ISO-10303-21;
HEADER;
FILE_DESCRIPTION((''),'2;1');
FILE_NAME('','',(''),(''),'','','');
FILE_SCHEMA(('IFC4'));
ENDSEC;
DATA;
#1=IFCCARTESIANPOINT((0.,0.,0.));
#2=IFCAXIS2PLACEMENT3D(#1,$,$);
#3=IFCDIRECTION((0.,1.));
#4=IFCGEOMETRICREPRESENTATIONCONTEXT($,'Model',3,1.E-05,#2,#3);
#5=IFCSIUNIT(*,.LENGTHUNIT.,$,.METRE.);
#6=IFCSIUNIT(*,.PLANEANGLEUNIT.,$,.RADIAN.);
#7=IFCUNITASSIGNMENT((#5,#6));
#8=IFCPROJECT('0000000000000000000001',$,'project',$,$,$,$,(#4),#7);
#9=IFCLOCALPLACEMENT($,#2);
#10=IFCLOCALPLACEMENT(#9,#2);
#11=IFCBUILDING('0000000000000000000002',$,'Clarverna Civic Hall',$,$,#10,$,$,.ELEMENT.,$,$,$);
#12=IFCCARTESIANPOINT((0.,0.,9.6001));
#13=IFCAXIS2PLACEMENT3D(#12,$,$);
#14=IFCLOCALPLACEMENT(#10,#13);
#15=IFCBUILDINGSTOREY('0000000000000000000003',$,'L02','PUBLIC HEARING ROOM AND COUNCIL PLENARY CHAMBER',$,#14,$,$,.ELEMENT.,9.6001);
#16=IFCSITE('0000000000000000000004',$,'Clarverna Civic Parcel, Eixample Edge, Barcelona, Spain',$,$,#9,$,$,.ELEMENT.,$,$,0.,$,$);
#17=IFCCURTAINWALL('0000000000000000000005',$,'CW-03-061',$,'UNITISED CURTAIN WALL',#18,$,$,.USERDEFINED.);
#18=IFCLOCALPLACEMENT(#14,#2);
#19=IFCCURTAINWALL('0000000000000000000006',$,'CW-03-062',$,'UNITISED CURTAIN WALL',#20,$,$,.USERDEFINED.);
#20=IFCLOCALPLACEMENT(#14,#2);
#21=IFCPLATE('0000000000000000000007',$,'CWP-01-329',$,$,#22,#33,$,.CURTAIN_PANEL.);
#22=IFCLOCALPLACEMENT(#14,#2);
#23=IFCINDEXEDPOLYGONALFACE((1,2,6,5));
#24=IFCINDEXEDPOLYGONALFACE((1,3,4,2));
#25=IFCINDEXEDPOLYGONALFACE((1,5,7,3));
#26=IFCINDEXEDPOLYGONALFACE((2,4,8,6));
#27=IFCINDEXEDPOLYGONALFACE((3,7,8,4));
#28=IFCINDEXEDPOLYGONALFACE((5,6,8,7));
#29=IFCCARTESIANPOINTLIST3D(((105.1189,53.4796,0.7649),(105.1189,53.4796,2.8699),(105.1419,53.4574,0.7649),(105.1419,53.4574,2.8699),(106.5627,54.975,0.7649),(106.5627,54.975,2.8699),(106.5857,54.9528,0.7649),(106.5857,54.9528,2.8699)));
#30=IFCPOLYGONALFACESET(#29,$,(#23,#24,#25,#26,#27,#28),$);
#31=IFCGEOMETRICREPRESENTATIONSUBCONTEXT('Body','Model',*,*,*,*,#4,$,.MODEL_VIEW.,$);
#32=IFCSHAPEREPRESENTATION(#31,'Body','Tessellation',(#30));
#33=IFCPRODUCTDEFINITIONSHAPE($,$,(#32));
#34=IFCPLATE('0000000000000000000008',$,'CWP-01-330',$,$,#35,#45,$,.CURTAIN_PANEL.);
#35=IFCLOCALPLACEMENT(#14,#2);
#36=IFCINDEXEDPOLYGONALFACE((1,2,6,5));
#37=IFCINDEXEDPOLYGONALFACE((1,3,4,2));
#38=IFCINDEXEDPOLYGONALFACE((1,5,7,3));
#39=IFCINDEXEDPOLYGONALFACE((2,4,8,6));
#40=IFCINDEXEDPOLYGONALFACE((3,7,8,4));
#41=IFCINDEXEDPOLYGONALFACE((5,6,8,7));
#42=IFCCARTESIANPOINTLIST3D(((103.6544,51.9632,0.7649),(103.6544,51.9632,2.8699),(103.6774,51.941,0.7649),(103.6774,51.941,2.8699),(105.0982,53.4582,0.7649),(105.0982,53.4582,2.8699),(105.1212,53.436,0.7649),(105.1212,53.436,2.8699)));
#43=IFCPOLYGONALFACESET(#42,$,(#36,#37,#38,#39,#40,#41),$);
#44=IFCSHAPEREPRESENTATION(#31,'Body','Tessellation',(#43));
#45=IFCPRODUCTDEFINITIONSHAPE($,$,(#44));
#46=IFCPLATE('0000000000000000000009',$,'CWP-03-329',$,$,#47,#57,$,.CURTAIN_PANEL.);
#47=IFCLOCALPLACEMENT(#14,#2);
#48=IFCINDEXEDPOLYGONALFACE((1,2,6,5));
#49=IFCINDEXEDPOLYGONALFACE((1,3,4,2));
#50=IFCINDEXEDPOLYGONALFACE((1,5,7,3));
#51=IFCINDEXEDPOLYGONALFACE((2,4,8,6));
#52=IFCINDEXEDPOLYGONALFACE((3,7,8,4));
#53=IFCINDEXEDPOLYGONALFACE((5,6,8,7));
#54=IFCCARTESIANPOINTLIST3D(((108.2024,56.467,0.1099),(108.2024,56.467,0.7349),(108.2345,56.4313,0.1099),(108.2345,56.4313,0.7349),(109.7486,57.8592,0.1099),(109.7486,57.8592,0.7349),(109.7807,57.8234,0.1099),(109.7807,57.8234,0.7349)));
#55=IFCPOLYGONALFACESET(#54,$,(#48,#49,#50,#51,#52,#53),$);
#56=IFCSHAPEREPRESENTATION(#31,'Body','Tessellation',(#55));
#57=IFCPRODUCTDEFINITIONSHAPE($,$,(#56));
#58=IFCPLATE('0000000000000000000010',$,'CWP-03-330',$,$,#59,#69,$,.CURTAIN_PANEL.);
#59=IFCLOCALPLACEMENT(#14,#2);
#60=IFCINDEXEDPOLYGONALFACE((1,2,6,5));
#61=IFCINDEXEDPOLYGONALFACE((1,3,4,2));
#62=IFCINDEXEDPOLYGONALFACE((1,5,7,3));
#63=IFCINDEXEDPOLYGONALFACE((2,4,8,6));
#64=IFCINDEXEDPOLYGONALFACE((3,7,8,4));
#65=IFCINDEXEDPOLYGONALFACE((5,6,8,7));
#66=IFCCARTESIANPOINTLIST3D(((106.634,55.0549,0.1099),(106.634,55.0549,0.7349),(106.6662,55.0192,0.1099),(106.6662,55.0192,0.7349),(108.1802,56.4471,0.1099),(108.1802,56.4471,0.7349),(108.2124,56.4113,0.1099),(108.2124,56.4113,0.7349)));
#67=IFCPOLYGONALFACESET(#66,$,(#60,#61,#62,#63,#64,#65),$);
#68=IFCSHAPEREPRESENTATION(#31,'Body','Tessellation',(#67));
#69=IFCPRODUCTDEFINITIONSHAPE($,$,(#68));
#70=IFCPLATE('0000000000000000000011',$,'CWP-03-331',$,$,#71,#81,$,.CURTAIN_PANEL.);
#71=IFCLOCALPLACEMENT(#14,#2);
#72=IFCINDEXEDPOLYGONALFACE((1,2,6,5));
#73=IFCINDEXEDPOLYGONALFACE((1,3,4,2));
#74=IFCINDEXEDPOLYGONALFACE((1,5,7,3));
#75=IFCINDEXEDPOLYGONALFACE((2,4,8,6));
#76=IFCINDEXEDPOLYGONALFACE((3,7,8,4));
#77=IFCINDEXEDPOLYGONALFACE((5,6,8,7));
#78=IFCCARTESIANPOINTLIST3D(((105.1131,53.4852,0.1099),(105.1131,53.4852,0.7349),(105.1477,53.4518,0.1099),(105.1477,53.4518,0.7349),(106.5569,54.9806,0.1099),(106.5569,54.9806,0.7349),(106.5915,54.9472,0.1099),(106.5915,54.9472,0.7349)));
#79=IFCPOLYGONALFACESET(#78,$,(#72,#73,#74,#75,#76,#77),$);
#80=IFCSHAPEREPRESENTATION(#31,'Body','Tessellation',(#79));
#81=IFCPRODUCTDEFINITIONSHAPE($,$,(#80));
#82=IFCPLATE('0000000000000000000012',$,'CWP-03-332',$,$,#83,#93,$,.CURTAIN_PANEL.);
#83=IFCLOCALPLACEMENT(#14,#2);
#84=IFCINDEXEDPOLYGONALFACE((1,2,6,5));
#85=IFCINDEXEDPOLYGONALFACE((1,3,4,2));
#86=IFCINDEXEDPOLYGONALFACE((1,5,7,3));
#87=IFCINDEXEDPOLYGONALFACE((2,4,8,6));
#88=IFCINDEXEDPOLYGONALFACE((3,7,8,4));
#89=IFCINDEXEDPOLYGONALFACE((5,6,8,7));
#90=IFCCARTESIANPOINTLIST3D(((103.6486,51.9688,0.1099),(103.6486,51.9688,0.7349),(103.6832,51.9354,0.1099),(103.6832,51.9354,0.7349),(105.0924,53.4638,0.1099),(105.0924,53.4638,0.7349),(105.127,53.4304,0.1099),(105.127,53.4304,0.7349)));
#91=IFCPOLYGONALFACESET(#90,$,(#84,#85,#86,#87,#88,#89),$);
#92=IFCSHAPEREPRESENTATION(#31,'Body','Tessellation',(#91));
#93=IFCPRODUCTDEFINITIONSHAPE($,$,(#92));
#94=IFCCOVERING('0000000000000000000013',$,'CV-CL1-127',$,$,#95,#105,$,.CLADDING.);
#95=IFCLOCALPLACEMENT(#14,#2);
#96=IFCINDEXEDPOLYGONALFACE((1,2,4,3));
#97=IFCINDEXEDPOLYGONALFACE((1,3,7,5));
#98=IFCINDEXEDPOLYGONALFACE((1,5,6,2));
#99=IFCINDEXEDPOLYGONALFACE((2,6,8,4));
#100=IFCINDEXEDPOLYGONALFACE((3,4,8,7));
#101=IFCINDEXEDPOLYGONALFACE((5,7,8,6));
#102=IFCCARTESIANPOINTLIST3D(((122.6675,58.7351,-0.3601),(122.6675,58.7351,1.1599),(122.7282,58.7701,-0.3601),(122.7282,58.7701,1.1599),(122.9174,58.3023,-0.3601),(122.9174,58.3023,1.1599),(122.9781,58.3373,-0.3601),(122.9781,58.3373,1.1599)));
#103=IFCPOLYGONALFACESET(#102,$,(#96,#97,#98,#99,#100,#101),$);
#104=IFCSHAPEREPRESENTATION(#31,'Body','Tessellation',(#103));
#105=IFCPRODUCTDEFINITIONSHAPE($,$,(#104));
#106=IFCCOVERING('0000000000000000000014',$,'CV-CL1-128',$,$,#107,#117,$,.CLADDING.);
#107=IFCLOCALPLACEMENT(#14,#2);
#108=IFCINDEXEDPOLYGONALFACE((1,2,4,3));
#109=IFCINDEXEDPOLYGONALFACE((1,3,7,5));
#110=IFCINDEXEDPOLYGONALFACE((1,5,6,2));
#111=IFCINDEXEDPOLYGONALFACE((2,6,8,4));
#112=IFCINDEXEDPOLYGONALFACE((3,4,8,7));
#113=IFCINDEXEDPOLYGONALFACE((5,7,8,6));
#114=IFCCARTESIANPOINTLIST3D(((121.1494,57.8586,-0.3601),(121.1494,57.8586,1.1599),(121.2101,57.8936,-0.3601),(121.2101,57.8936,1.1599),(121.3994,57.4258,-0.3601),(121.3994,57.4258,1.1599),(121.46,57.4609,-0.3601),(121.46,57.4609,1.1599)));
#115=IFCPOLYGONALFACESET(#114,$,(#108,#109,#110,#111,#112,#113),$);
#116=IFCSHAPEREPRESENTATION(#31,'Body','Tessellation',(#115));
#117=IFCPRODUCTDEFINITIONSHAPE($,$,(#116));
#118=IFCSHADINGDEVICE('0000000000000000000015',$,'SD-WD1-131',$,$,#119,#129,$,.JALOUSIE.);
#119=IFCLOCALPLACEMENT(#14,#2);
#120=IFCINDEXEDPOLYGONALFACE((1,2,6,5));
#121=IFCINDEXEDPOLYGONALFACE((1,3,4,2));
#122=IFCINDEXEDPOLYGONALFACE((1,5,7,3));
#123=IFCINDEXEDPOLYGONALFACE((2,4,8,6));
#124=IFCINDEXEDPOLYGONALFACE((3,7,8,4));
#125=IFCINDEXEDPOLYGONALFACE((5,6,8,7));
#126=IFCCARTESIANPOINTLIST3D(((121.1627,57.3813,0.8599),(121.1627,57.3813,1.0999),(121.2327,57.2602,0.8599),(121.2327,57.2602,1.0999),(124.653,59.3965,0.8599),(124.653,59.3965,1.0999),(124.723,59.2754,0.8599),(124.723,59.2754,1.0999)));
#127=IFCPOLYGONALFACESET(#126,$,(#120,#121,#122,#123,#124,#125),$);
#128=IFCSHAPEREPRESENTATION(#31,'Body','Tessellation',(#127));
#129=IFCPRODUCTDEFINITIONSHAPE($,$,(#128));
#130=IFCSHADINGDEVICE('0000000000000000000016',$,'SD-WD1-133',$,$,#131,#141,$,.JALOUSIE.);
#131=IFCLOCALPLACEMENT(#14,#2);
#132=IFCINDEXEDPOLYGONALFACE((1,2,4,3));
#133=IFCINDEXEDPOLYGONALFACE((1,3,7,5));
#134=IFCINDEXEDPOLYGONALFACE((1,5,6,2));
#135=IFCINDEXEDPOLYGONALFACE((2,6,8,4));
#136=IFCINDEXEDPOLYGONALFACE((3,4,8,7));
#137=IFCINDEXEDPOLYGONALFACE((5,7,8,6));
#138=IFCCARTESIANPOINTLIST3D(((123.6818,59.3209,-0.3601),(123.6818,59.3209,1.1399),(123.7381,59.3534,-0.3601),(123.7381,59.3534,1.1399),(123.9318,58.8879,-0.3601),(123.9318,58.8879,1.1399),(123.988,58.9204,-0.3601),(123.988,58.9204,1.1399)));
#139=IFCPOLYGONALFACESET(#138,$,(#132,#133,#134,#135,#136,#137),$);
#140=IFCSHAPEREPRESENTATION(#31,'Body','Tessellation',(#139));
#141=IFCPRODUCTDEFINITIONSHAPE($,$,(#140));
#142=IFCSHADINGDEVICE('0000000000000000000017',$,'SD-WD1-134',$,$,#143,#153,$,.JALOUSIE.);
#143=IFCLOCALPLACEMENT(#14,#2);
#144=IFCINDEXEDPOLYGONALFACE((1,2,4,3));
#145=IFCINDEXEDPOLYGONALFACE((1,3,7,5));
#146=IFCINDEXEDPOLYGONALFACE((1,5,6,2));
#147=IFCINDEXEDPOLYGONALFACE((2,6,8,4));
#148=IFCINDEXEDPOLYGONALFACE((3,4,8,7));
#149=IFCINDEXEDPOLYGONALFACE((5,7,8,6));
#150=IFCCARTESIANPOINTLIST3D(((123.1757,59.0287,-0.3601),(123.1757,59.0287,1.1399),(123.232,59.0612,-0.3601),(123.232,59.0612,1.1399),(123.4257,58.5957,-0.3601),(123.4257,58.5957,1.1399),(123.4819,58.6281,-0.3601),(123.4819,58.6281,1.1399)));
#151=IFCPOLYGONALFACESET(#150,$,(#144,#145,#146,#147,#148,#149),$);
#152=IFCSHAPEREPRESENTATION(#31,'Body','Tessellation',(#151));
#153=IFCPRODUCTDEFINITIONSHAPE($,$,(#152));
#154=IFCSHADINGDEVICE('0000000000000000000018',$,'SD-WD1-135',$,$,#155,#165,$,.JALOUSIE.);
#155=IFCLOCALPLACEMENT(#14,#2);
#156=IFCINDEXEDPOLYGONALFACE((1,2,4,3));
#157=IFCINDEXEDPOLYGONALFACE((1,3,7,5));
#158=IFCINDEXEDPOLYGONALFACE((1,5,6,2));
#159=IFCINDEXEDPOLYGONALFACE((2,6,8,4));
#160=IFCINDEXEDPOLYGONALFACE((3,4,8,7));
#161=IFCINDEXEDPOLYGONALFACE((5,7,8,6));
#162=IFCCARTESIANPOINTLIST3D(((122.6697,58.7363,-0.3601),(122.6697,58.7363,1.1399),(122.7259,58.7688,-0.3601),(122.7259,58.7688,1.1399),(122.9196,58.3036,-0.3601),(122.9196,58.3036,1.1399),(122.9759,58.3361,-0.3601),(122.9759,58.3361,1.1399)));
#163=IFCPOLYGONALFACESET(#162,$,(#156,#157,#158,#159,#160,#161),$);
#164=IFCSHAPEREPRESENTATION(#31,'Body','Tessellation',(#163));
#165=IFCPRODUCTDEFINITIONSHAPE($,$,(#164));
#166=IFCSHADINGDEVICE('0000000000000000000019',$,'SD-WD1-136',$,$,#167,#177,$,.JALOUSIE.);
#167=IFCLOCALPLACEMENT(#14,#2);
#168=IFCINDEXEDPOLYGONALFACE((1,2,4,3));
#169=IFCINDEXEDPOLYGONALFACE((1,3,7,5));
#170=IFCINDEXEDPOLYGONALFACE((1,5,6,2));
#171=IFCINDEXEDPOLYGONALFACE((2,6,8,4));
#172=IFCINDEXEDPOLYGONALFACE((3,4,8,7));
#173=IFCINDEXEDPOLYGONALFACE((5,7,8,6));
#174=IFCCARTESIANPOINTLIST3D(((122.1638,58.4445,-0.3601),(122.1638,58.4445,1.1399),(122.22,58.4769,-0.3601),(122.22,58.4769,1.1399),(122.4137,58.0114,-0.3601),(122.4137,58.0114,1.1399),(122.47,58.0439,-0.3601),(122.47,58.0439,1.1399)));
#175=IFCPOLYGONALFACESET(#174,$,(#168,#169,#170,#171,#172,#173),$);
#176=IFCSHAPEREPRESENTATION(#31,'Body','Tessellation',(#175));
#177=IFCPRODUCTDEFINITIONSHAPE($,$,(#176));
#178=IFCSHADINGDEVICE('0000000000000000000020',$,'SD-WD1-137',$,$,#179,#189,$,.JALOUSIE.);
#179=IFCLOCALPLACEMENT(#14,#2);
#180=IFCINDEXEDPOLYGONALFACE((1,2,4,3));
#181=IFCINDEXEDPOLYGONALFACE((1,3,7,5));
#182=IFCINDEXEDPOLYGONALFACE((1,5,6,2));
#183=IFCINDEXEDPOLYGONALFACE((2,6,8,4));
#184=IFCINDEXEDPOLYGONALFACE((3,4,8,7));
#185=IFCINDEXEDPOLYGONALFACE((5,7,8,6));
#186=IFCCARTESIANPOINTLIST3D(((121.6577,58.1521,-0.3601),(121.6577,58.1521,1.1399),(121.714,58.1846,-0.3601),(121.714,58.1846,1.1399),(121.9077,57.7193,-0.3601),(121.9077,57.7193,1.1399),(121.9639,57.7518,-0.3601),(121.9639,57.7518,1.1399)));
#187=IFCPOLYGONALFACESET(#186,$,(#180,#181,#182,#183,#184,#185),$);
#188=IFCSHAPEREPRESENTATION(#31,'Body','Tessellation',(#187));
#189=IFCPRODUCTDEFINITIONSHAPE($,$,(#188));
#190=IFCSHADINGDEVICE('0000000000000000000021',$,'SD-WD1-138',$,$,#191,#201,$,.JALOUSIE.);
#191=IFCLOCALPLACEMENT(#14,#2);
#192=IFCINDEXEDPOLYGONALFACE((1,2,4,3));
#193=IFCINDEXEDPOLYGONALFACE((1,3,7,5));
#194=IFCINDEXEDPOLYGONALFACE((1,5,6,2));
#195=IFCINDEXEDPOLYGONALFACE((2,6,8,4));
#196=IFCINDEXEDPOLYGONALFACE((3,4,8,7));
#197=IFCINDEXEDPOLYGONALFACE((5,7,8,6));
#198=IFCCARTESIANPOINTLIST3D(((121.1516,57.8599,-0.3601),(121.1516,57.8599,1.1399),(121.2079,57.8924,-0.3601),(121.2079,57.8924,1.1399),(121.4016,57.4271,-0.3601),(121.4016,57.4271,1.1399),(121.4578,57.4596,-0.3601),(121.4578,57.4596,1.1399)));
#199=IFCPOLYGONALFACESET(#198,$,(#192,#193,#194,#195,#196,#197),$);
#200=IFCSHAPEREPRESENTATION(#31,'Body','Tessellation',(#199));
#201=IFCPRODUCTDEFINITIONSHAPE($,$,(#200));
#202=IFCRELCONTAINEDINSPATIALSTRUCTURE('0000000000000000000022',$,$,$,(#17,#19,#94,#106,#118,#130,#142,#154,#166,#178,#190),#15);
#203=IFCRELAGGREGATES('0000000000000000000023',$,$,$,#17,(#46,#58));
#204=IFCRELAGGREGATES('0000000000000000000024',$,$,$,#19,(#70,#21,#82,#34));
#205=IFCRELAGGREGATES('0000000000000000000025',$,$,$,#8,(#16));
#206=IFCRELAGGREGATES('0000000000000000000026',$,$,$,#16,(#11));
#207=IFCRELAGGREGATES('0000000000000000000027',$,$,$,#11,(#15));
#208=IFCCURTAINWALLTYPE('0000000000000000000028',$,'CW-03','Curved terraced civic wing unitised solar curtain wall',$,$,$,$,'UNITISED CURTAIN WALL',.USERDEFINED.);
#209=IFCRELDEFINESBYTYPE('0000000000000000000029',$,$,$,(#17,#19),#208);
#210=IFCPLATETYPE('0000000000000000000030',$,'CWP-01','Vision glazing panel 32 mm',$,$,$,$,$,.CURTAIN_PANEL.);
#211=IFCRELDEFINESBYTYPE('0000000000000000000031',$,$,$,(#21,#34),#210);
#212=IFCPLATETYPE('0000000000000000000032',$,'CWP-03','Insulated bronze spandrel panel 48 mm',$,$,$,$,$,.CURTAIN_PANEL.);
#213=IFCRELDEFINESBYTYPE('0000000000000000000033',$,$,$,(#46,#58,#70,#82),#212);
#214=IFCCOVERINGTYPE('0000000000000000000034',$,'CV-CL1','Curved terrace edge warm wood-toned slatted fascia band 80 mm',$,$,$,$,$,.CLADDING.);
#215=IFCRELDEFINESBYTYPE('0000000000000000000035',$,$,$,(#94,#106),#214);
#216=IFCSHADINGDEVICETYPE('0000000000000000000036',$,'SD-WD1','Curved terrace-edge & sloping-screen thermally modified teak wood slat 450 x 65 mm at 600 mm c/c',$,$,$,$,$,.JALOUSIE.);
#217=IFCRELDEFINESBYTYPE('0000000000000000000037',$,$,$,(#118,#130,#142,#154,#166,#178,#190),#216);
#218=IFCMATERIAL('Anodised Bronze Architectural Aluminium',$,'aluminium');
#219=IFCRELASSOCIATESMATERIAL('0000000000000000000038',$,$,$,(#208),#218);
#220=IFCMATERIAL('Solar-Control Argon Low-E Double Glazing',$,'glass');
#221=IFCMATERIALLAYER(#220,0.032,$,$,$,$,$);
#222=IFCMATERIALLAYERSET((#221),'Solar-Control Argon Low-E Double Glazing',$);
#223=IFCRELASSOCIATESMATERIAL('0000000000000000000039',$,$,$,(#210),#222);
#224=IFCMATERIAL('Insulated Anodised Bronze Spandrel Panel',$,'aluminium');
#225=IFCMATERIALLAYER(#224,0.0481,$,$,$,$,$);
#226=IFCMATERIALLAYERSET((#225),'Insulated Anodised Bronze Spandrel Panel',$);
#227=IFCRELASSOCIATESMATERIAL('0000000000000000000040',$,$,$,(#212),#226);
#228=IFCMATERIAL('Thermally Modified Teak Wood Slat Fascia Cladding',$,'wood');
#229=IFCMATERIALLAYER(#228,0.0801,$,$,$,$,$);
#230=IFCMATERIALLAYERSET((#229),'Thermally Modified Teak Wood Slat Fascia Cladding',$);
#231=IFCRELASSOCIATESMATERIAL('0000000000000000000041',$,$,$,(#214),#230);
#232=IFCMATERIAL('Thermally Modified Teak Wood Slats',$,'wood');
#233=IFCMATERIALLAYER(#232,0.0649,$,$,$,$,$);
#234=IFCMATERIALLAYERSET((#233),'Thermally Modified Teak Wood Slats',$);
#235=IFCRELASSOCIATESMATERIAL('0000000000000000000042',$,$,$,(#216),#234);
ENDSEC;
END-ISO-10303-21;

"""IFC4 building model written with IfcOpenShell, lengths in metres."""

from ifc_helpers import new_model, si_unit, direction, frame, frame_2d, origin, place, context, subcontext, project, spatial, rectangle, extrude, material, layer, layer_set, type_object, element, aggregate, save


model = new_model("IFC4")

# Units and contexts
model_context = context("Model", 3, precision=1e-05, world=origin(), true_north=direction((0.0, 1.0)))
body_context = subcontext(model_context, "Body", "Model", "MODEL_VIEW")
ifc_project = project(units=[si_unit("LENGTHUNIT", "METRE"), si_unit("PLANEANGLEUNIT", "RADIAN")], contexts=[model_context])

# Site, building, storey
site_placement = place(None, origin())
site = spatial("IfcSite", under=ifc_project, at=site_placement, Name="Clarverna Civic Parcel, Eixample Edge, Barcelona, Spain", CompositionType="ELEMENT", RefElevation=0.0)
building_placement = place(site_placement, origin())
building = spatial("IfcBuilding", under=site, at=building_placement, Name="Clarverna Civic Hall", CompositionType="ELEMENT")
storey_placement = place(building_placement, frame((0.0, 0.0, 9.6001)))
storey = spatial("IfcBuildingStorey", under=building, at=storey_placement, Name="L02", Description="PUBLIC HEARING ROOM AND COUNCIL PLENARY CHAMBER", CompositionType="ELEMENT", Elevation=9.6001)

# Curtain walls
ifc_material_1 = material(Name="Anodised Bronze Architectural Aluminium", Category="aluminium")
curtain_wall_type = type_object("IfcCurtainWallType", Name="CW-03", Description="Curved terraced civic wing unitised solar curtain wall", ElementType="UNITISED CURTAIN WALL", PredefinedType="USERDEFINED", material=ifc_material_1)
curtain_wall_1_placement = place(storey_placement, origin())
curtain_wall_1 = element("IfcCurtainWall", 1, at=curtain_wall_1_placement, inside=storey, type_object=curtain_wall_type, Name="CW-03-061", ObjectType="UNITISED CURTAIN WALL", PredefinedType="USERDEFINED")
curtain_wall_2_placement = place(storey_placement, origin())
curtain_wall_2 = element("IfcCurtainWall", 2, at=curtain_wall_2_placement, inside=storey, type_object=curtain_wall_type, Name="CW-03-062", ObjectType="UNITISED CURTAIN WALL", PredefinedType="USERDEFINED")

# Plates
ifc_material_2 = material(Name="Solar-Control Argon Low-E Double Glazing", Category="glass")
ifc_layer_1 = layer(ifc_material_2, 0.032)
ifc_layer_set_1 = layer_set([ifc_layer_1], Name="Solar-Control Argon Low-E Double Glazing")
plate_type_1 = type_object("IfcPlateType", Name="CWP-01", Description="Vision glazing panel 32 mm", PredefinedType="CURTAIN_PANEL", material=ifc_layer_set_1)
plate_1_placement = place(storey_placement, frame((106.5742, 54.9639, 0.7649), z_axis=(0.0, 0.0, 1.0), x_axis=(-0.694607, -0.719389, 0.0)))
plate_1 = element("IfcPlate", 3, at=plate_1_placement, type_object=plate_type_1, Name="CWP-01-329", PredefinedType="CURTAIN_PANEL", context=body_context, shape_type="SweptSolid", body=[
    extrude(rectangle(XDim=2.0786, YDim=0.032, at=frame_2d((1.0393, 0.0))), origin(), (0.0, 0.0, 1.0), 2.105),
])
plate_2_placement = place(storey_placement, frame((105.1096, 53.447, 0.7649), z_axis=(0.0, 0.0, 1.0), x_axis=(-0.694666, -0.719333, 0.0)))
plate_2 = element("IfcPlate", 4, at=plate_2_placement, type_object=plate_type_1, Name="CWP-01-330", PredefinedType="CURTAIN_PANEL", context=body_context, shape_type="SweptSolid", body=[
    extrude(rectangle(XDim=2.0784, YDim=0.032, at=frame_2d((1.0391, 0.0))), origin(), (0.0, 0.0, 1.0), 2.105),
])
ifc_material_3 = material(Name="Insulated Anodised Bronze Spandrel Panel", Category="aluminium")
ifc_layer_2 = layer(ifc_material_3, 0.0481)
ifc_layer_set_2 = layer_set([ifc_layer_2], Name="Insulated Anodised Bronze Spandrel Panel")
plate_type_2 = type_object("IfcPlateType", Name="CWP-03", Description="Insulated bronze spandrel panel 48 mm", PredefinedType="CURTAIN_PANEL", material=ifc_layer_set_2)
plate_3_placement = place(storey_placement, frame((109.7646, 57.8413, 0.1099), z_axis=(0.0, 0.0, 1.0), x_axis=(-0.74316, -0.669114, 0.0)))
plate_3 = element("IfcPlate", 5, at=plate_3_placement, type_object=plate_type_2, Name="CWP-03-329", PredefinedType="CURTAIN_PANEL", context=body_context, shape_type="SweptSolid", body=[
    extrude(rectangle(XDim=2.0806, YDim=0.0481, at=frame_2d((1.0403, 0.0))), origin(), (0.0, 0.0, 1.0), 0.625),
])
plate_4_placement = place(storey_placement, frame((108.1963, 56.4292, 0.1099), z_axis=(0.0, 0.0, 1.0), x_axis=(-0.74316, -0.669114, 0.0)))
plate_4 = element("IfcPlate", 6, at=plate_4_placement, type_object=plate_type_2, Name="CWP-03-330", PredefinedType="CURTAIN_PANEL", context=body_context, shape_type="SweptSolid", body=[
    extrude(rectangle(XDim=2.0806, YDim=0.0481, at=frame_2d((1.0403, 0.0))), origin(), (0.0, 0.0, 1.0), 0.625),
])
aggregate(curtain_wall_1, [plate_3, plate_4])
plate_5_placement = place(storey_placement, frame((106.5742, 54.9639, 0.1099), z_axis=(0.0, 0.0, 1.0), x_axis=(-0.694607, -0.719389, 0.0)))
plate_5 = element("IfcPlate", 7, at=plate_5_placement, type_object=plate_type_2, Name="CWP-03-331", PredefinedType="CURTAIN_PANEL", context=body_context, shape_type="SweptSolid", body=[
    extrude(rectangle(XDim=2.0786, YDim=0.0481, at=frame_2d((1.0393, 0.0))), origin(), (0.0, 0.0, 1.0), 0.625),
])
plate_6_placement = place(storey_placement, frame((105.1096, 53.447, 0.1099), z_axis=(0.0, 0.0, 1.0), x_axis=(-0.694666, -0.719333, 0.0)))
plate_6 = element("IfcPlate", 8, at=plate_6_placement, type_object=plate_type_2, Name="CWP-03-332", PredefinedType="CURTAIN_PANEL", context=body_context, shape_type="SweptSolid", body=[
    extrude(rectangle(XDim=2.0784, YDim=0.0481, at=frame_2d((1.0391, 0.0))), origin(), (0.0, 0.0, 1.0), 0.625),
])
aggregate(curtain_wall_2, [plate_5, plate_1, plate_6, plate_2])

# Coverings
ifc_material_4 = material(Name="Thermally Modified Teak Wood Slat Fascia Cladding", Category="wood")
ifc_layer_3 = layer(ifc_material_4, 0.0801)
ifc_layer_set_3 = layer_set([ifc_layer_3], Name="Thermally Modified Teak Wood Slat Fascia Cladding")
covering_type = type_object("IfcCoveringType", Name="CV-CL1", Description="Curved terrace edge warm wood-toned slatted fascia band 80 mm", PredefinedType="CLADDING", material=ifc_layer_set_3)
for number, where, z_axis, x_axis, name in (
    (9, (122.6978, 58.7527, -0.3601), (0.0, 0.0, 1.0), (0.500131, -0.86595, 0.0), "CV-CL1-127"),
    (10, (121.1797, 57.8762, -0.3601), (0.0, 0.0, 1.0), (0.500131, -0.86595, 0.0), "CV-CL1-128"),
):
    element("IfcCovering", number, at=place(storey_placement, frame(where, z_axis=z_axis, x_axis=x_axis)), inside=storey, type_object=covering_type, Name=name, PredefinedType="CLADDING", context=body_context, shape_type="SweptSolid", body=[
        extrude(rectangle(XDim=0.4998, YDim=0.0701, at=frame_2d((0.25, 0.0))), origin(), (0.0, 0.0, 1.0), 1.52),
    ])

# Shading devices
ifc_material_5 = material(Name="Thermally Modified Teak Wood Slats", Category="wood")
ifc_layer_4 = layer(ifc_material_5, 0.0649)
ifc_layer_set_4 = layer_set([ifc_layer_4], Name="Thermally Modified Teak Wood Slats")
shading_device_type = type_object("IfcShadingDeviceType", Name="SD-WD1", Description="Curved terrace-edge & sloping-screen thermally modified teak wood slat 450 x 65 mm at 600 mm c/c", PredefinedType="JALOUSIE", material=ifc_layer_set_4)
shading_device_1_placement = place(storey_placement, frame((124.688, 59.3359, 0.8599), z_axis=(0.0, 0.0, 1.0), x_axis=(-0.86602, -0.500009, 0.0)))
element("IfcShadingDevice", 11, at=shading_device_1_placement, inside=storey, type_object=shading_device_type, Name="SD-WD1-131", PredefinedType="JALOUSIE", context=body_context, shape_type="SweptSolid", body=[
    extrude(rectangle(XDim=4.0303, YDim=0.1399, at=frame_2d((2.0151, 0.0))), origin(), (0.0, 0.0, 1.0), 0.24),
])
for number, where, z_axis, x_axis, name in (
    (12, (123.71, 59.3372, -0.3601), (0.0, 0.0, 1.0), (0.49992, -0.866072, 0.0), "SD-WD1-133"),
    (13, (123.2039, 59.0449, -0.3601), (0.0, 0.0, 1.0), (0.49992, -0.866072, 0.0), "SD-WD1-134"),
):
    element("IfcShadingDevice", number, at=place(storey_placement, frame(where, z_axis=z_axis, x_axis=x_axis)), inside=storey, type_object=shading_device_type, Name=name, PredefinedType="JALOUSIE", context=body_context, shape_type="SweptSolid", body=[
        extrude(rectangle(XDim=0.5, YDim=0.0649, at=frame_2d((0.25, 0.0))), origin(), (0.0, 0.0, 1.0), 1.5),
    ])
shading_device_2_placement = place(storey_placement, frame((122.6978, 58.7527, -0.3601), z_axis=(0.0, 0.0, 1.0), x_axis=(0.500131, -0.86595, 0.0)))
element("IfcShadingDevice", 14, at=shading_device_2_placement, inside=storey, type_object=shading_device_type, Name="SD-WD1-135", PredefinedType="JALOUSIE", context=body_context, shape_type="SweptSolid", body=[
    extrude(rectangle(XDim=0.4998, YDim=0.0649, at=frame_2d((0.25, 0.0))), origin(), (0.0, 0.0, 1.0), 1.5),
])
shading_device_3_placement = place(storey_placement, frame((122.1919, 58.4607, -0.3601), z_axis=(0.0, 0.0, 1.0), x_axis=(0.49992, -0.866072, 0.0)))
element("IfcShadingDevice", 15, at=shading_device_3_placement, inside=storey, type_object=shading_device_type, Name="SD-WD1-136", PredefinedType="JALOUSIE", context=body_context, shape_type="SweptSolid", body=[
    extrude(rectangle(XDim=0.5, YDim=0.0649, at=frame_2d((0.25, 0.0))), origin(), (0.0, 0.0, 1.0), 1.5),
])
for number, where, z_axis, x_axis, name in (
    (16, (121.6858, 58.1685, -0.3601), (0.0, 0.0, 1.0), (0.500131, -0.86595, 0.0), "SD-WD1-137"),
    (17, (121.1797, 57.8762, -0.3601), (0.0, 0.0, 1.0), (0.500131, -0.86595, 0.0), "SD-WD1-138"),
):
    element("IfcShadingDevice", number, at=place(storey_placement, frame(where, z_axis=z_axis, x_axis=x_axis)), inside=storey, type_object=shading_device_type, Name=name, PredefinedType="JALOUSIE", context=body_context, shape_type="SweptSolid", body=[
        extrude(rectangle(XDim=0.4998, YDim=0.0649, at=frame_2d((0.25, 0.0))), origin(), (0.0, 0.0, 1.0), 1.5),
    ])

save(model, "model.ifc")
